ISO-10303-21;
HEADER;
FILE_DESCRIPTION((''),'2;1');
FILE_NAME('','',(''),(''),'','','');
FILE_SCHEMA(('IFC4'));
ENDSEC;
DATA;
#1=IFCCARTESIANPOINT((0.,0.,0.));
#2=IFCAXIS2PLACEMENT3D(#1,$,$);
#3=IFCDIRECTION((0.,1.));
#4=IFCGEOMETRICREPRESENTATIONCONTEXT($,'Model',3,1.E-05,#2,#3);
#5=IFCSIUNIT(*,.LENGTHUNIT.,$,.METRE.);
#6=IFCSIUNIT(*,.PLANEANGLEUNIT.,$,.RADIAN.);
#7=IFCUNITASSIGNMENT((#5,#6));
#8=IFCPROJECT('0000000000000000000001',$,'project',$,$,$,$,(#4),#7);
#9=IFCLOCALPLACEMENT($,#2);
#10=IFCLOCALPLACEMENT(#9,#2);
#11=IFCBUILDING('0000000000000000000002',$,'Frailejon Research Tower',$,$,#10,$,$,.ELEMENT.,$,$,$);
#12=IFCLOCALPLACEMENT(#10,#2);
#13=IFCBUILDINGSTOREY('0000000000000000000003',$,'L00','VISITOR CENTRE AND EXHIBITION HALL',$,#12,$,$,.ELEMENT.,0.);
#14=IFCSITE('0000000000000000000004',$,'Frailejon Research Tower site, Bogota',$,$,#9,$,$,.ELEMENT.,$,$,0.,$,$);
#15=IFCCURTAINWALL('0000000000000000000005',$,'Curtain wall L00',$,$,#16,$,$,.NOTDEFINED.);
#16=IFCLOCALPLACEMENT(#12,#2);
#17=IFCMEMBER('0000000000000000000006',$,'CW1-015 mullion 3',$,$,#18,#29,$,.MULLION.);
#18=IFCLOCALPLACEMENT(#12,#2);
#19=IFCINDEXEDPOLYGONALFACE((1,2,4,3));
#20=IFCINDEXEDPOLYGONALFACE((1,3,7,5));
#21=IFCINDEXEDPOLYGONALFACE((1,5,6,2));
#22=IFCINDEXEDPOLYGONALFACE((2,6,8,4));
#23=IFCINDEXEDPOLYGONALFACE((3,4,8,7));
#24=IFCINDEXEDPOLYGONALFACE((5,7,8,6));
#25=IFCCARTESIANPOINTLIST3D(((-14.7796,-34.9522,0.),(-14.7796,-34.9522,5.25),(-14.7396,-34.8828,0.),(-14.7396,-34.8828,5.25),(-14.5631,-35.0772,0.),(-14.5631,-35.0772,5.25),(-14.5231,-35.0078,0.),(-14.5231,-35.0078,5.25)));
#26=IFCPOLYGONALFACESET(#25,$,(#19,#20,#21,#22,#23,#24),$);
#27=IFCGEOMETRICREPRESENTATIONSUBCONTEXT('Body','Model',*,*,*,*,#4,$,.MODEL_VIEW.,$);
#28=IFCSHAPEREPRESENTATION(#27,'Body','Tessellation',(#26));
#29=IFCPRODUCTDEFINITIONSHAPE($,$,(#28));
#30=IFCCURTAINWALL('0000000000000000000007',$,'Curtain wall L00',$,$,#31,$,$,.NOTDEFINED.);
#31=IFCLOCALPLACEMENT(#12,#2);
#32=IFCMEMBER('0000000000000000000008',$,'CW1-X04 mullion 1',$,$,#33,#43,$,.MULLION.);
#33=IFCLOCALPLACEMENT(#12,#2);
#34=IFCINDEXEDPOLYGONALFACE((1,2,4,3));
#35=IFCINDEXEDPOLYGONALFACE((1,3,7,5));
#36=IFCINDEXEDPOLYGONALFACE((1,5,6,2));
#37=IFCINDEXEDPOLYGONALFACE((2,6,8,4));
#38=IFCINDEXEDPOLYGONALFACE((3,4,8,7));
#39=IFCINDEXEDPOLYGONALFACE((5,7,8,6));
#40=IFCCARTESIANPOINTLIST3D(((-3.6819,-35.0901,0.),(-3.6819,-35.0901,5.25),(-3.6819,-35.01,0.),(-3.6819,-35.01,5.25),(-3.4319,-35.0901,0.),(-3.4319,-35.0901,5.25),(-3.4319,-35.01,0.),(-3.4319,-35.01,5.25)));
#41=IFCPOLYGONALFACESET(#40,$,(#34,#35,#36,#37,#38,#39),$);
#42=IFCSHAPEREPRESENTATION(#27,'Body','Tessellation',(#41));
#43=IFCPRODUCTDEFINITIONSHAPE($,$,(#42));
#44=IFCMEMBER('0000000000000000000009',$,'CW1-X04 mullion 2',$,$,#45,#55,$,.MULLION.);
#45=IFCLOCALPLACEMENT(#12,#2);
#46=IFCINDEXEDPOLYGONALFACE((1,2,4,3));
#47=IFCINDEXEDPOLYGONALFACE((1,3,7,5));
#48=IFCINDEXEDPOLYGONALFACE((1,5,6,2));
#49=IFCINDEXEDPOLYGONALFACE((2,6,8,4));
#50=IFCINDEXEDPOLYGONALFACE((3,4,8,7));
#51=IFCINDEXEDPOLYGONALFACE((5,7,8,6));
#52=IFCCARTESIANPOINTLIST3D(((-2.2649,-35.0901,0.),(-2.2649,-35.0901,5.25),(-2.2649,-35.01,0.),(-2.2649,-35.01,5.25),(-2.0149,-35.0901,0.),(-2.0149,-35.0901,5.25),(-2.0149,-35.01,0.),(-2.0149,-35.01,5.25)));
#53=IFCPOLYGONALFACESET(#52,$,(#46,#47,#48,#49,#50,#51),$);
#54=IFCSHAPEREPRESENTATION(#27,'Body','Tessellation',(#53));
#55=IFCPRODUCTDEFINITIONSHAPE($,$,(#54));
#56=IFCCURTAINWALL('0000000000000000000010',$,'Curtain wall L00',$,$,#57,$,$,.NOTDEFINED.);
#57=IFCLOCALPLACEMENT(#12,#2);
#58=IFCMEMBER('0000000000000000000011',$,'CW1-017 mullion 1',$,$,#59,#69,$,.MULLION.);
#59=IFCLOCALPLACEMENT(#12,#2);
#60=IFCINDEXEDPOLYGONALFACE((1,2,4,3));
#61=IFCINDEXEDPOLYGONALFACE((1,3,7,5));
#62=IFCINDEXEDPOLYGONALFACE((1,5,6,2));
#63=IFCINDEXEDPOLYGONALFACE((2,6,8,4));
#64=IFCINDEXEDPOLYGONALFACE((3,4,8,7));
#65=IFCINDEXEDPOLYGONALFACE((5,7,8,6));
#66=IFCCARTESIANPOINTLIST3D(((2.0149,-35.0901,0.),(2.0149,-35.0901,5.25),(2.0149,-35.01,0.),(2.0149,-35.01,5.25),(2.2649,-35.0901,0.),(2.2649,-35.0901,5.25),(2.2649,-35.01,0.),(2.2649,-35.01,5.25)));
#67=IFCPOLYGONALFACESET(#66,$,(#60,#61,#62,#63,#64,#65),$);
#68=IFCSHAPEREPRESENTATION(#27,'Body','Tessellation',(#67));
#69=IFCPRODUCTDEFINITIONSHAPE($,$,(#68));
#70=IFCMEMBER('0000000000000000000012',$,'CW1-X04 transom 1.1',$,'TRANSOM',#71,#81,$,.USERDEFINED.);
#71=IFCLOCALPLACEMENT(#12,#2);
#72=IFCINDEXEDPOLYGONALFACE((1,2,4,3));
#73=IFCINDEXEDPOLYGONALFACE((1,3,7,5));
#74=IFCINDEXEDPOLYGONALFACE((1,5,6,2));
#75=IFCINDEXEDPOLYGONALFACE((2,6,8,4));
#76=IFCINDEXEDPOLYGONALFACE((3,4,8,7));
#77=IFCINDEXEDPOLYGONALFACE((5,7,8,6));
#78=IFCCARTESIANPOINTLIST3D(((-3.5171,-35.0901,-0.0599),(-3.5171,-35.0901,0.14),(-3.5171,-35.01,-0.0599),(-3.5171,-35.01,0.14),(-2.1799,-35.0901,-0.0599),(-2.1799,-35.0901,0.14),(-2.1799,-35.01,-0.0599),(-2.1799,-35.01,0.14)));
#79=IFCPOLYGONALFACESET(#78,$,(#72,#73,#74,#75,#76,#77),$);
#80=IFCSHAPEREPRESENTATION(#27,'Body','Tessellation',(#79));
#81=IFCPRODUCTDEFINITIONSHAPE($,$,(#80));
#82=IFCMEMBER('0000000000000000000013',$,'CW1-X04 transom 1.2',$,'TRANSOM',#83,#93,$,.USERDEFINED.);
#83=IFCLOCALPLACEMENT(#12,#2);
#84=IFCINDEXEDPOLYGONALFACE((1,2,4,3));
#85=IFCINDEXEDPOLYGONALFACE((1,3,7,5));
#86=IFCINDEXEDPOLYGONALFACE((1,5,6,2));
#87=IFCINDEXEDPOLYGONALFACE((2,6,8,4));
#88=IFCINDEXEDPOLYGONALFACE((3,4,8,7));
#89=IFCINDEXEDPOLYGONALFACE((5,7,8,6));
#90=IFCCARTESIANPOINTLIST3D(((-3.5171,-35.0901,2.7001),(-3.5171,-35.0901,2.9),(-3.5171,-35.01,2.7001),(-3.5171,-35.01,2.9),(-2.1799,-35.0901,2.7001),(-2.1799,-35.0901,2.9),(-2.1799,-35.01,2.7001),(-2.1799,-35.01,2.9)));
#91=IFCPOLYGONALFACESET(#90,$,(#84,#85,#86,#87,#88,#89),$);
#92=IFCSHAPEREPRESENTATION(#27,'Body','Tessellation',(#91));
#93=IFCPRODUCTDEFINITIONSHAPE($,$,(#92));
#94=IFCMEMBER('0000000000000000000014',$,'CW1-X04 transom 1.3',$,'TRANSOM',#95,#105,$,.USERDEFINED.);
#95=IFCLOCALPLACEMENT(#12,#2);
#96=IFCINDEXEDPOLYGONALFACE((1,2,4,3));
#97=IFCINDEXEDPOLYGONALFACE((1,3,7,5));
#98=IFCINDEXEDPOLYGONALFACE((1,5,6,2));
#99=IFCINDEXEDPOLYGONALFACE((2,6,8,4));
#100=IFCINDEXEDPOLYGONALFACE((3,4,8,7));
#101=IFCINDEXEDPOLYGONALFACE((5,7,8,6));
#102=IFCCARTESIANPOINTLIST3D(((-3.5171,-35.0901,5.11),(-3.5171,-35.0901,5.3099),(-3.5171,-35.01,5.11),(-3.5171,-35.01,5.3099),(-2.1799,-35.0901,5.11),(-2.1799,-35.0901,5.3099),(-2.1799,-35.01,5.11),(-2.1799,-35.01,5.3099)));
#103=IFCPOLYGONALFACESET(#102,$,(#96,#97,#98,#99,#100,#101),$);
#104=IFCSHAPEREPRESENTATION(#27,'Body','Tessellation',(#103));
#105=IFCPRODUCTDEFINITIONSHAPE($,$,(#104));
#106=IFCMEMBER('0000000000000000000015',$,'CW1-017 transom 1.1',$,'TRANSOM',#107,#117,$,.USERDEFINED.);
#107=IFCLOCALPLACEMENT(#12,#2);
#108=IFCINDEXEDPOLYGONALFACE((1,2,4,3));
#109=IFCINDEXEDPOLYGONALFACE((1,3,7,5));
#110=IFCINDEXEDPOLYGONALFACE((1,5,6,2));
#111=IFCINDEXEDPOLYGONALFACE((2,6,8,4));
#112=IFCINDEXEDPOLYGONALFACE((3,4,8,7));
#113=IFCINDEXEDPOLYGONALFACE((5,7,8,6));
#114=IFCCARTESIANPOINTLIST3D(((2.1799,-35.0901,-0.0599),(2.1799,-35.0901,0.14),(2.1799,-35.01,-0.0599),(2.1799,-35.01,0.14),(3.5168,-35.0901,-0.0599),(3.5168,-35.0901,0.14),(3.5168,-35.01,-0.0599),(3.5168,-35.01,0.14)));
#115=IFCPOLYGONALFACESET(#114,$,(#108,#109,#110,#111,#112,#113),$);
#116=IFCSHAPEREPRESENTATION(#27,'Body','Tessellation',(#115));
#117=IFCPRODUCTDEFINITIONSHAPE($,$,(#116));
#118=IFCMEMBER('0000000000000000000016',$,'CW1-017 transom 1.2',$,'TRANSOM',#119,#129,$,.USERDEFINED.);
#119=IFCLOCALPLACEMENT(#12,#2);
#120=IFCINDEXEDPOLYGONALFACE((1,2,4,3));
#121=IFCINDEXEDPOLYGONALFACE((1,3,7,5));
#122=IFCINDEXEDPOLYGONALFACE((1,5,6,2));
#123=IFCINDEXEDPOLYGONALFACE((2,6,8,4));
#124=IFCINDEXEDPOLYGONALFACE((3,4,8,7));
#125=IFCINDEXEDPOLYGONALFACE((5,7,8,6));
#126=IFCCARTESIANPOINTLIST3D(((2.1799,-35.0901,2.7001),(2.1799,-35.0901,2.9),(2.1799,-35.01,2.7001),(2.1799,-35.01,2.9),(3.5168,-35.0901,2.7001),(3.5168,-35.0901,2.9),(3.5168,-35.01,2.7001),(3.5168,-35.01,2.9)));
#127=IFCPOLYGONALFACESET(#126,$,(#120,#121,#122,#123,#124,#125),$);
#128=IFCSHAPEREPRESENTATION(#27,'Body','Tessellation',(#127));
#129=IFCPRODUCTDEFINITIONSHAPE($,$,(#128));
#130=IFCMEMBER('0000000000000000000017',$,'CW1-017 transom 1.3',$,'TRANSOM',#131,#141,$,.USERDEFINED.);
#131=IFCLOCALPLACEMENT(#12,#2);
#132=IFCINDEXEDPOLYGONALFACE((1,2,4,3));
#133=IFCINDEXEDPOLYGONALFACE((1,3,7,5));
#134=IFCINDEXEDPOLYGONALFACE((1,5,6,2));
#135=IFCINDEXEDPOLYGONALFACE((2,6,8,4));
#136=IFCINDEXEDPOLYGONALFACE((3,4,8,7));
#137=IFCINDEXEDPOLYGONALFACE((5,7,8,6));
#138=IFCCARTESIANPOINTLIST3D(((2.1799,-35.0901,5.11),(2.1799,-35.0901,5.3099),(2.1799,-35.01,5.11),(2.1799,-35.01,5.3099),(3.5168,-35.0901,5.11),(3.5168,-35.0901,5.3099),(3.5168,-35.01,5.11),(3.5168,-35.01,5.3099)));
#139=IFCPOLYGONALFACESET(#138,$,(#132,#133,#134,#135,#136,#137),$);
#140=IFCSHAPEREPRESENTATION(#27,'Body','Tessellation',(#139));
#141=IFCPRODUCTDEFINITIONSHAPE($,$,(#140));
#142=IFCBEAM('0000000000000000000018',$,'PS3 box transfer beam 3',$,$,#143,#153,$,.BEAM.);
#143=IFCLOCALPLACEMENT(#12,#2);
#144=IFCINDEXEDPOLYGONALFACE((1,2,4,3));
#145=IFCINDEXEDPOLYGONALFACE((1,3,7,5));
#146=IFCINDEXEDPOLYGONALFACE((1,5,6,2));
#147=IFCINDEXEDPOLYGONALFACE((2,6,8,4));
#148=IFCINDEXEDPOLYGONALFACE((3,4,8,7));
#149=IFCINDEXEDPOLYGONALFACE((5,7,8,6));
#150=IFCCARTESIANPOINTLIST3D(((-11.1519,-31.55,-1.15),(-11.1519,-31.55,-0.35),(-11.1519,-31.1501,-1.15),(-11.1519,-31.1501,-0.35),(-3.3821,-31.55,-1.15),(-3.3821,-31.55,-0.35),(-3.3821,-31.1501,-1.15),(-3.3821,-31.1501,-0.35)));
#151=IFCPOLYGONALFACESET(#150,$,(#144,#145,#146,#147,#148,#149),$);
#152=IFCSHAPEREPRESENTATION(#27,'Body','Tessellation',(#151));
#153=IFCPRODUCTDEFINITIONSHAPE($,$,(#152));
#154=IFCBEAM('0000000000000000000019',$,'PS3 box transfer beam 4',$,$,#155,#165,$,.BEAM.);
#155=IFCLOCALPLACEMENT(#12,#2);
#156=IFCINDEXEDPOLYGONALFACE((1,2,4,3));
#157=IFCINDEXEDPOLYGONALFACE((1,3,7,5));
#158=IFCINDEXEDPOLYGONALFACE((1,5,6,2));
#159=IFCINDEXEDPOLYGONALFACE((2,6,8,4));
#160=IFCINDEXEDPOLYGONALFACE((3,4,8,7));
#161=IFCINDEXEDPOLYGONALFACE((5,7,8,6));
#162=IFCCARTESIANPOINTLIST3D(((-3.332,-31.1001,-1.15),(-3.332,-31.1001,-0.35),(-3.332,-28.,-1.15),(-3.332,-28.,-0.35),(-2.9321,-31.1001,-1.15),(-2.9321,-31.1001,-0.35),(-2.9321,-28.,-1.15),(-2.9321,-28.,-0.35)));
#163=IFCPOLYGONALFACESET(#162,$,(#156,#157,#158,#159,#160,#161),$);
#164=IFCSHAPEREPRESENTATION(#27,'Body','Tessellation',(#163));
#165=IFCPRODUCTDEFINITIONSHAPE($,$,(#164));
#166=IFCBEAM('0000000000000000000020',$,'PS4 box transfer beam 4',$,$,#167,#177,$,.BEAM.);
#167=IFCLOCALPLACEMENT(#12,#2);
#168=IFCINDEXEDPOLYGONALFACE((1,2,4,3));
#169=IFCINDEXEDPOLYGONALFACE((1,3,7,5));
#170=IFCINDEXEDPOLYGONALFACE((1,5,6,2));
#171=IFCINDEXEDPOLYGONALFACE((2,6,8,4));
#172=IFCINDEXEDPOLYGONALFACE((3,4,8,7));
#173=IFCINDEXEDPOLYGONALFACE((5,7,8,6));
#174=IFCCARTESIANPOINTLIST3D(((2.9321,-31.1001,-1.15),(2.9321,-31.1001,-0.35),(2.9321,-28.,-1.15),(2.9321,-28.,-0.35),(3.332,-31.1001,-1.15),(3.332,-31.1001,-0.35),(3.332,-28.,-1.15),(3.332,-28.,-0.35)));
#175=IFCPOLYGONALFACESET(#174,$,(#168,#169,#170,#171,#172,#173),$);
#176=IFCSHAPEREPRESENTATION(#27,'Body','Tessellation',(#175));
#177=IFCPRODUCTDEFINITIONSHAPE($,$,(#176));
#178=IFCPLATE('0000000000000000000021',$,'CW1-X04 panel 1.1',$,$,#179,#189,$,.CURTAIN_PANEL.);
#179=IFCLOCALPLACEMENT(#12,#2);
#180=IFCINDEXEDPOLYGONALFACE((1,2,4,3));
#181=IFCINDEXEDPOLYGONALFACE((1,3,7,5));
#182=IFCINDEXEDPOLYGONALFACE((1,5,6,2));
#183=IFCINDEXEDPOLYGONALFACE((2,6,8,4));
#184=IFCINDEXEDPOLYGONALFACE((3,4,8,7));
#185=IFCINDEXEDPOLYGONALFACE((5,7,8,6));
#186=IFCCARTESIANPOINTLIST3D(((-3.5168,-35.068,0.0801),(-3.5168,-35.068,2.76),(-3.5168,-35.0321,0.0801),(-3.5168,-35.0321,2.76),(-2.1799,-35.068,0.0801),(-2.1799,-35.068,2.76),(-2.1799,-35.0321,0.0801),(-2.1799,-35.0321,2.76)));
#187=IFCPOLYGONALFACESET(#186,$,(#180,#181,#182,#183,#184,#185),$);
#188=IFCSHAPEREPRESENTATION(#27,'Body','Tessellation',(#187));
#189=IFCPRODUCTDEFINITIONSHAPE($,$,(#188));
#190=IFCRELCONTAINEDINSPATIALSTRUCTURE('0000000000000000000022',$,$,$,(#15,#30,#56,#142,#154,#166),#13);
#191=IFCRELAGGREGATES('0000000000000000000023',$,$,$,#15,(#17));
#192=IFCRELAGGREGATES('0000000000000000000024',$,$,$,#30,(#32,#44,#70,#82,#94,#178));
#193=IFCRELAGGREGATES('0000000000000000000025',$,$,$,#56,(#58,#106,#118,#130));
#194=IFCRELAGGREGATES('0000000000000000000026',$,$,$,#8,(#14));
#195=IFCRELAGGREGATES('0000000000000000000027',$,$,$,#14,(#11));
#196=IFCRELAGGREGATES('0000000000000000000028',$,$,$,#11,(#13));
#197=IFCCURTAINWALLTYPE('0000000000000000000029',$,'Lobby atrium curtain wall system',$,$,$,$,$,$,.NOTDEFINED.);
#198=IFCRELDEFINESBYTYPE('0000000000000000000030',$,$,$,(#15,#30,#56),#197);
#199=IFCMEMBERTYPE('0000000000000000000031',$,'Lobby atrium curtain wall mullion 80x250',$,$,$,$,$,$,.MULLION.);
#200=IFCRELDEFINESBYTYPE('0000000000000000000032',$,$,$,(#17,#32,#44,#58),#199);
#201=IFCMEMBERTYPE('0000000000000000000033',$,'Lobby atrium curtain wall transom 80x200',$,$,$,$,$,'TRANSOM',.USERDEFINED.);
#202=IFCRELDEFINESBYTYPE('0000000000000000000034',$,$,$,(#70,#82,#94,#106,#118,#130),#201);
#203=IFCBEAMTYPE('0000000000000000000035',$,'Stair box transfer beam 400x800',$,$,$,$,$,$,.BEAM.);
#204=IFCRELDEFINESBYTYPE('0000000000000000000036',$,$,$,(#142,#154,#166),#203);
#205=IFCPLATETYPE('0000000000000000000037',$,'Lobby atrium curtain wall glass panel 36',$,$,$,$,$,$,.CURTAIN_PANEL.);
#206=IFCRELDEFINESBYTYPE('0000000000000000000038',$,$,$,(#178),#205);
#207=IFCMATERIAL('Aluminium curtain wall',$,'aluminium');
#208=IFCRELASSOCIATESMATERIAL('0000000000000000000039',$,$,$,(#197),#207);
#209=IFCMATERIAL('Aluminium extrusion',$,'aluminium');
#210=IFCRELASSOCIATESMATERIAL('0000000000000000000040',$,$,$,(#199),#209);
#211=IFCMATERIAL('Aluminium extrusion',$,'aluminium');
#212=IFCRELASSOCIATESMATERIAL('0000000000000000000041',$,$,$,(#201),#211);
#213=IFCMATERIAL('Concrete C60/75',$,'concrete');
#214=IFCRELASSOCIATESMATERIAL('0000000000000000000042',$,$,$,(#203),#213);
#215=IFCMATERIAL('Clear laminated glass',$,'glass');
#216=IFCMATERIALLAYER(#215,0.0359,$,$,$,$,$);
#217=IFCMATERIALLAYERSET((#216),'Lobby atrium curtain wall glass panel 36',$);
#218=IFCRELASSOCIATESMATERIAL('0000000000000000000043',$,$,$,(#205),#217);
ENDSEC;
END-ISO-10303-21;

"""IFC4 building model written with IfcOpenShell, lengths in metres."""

from ifc_helpers import new_model, si_unit, direction, frame, origin, origin_2d, place, context, subcontext, project, spatial, rectangle, extrude, material, layer, layer_set, material_profile, profile_set, type_object, element, aggregate, save


model = new_model("IFC4")

# Units and contexts
model_context = context("Model", 3, precision=1e-05, world=origin(), true_north=direction((0.0, 1.0)))
body_context = subcontext(model_context, "Body", "Model", "MODEL_VIEW")
ifc_project = project(units=[si_unit("LENGTHUNIT", "METRE"), si_unit("PLANEANGLEUNIT", "RADIAN")], contexts=[model_context])

# Site, building, storey
site_placement = place(None, origin())
site = spatial("IfcSite", under=ifc_project, at=site_placement, Name="Frailejon Research Tower site, Bogota", CompositionType="ELEMENT", RefElevation=0.0)
building_placement = place(site_placement, origin())
building = spatial("IfcBuilding", under=site, at=building_placement, Name="Frailejon Research Tower", CompositionType="ELEMENT")
storey_placement = place(building_placement, origin())
storey = spatial("IfcBuildingStorey", under=building, at=storey_placement, Name="L00", Description="VISITOR CENTRE AND EXHIBITION HALL", CompositionType="ELEMENT", Elevation=0.0)

# Curtain wall, member
ifc_material_1 = material(Name="Aluminium curtain wall", Category="aluminium")
curtain_wall_type = type_object("IfcCurtainWallType", Name="Lobby atrium curtain wall system", PredefinedType="NOTDEFINED", material=ifc_material_1)
curtain_wall_1_placement = place(storey_placement, origin())
curtain_wall_1 = element("IfcCurtainWall", 1, at=curtain_wall_1_placement, inside=storey, type_object=curtain_wall_type, Name="Curtain wall L00", PredefinedType="NOTDEFINED")
ifc_material_2 = material(Name="Aluminium extrusion", Category="aluminium")
ifc_material_profile_1 = material_profile(ifc_material_2, rectangle(XDim=0.0801, YDim=0.25, at=origin_2d()), Name="Lobby atrium curtain wall mullion 80x250")
ifc_profile_set_1 = profile_set([ifc_material_profile_1], Name="Aluminium extrusion")
member_type_1 = type_object("IfcMemberType", Name="Lobby atrium curtain wall mullion 80x250", PredefinedType="MULLION", material=ifc_profile_set_1)
member_1_placement = place(storey_placement, frame((-14.6514, -34.98, 0.0), z_axis=(0.0, 0.0, 1.0), x_axis=(0.5, 0.866025, 0.0)))
member_1 = element("IfcMember", 2, at=member_1_placement, type_object=member_type_1, Name="CW1-015 mullion 3", PredefinedType="MULLION", context=body_context, shape_type="SweptSolid", body=[
    extrude(rectangle(XDim=0.0801, YDim=0.25, at=origin_2d()), origin(), (0.0, 0.0, 1.0), 5.25),
])
aggregate(curtain_wall_1, [member_1])

# Curtain wall, members
curtain_wall_2_placement = place(storey_placement, origin())
curtain_wall_2 = element("IfcCurtainWall", 3, at=curtain_wall_2_placement, inside=storey, type_object=curtain_wall_type, Name="Curtain wall L00", PredefinedType="NOTDEFINED")
member_2_placement = place(storey_placement, frame((-3.5569, -35.05, 0.0), z_axis=(0.0, 0.0, 1.0), x_axis=(0.0, 1.0, 0.0)))
member_2 = element("IfcMember", 4, at=member_2_placement, type_object=member_type_1, Name="CW1-X04 mullion 1", PredefinedType="MULLION", context=body_context, shape_type="SweptSolid", body=[
    extrude(rectangle(XDim=0.0801, YDim=0.25, at=origin_2d()), origin(), (0.0, 0.0, 1.0), 5.25),
])
member_3_placement = place(storey_placement, frame((-2.1399, -35.05, 0.0), z_axis=(0.0, 0.0, 1.0), x_axis=(0.0, 1.0, 0.0)))
member_3 = element("IfcMember", 5, at=member_3_placement, type_object=member_type_1, Name="CW1-X04 mullion 2", PredefinedType="MULLION", context=body_context, shape_type="SweptSolid", body=[
    extrude(rectangle(XDim=0.0801, YDim=0.25, at=origin_2d()), origin(), (0.0, 0.0, 1.0), 5.25),
])

# Curtain wall, member
curtain_wall_3_placement = place(storey_placement, origin())
curtain_wall_3 = element("IfcCurtainWall", 6, at=curtain_wall_3_placement, inside=storey, type_object=curtain_wall_type, Name="Curtain wall L00", PredefinedType="NOTDEFINED")
member_4_placement = place(storey_placement, frame((2.1399, -35.05, 0.0), z_axis=(0.0, 0.0, 1.0), x_axis=(0.0, 1.0, 0.0)))
member_4 = element("IfcMember", 7, at=member_4_placement, type_object=member_type_1, Name="CW1-017 mullion 1", PredefinedType="MULLION", context=body_context, shape_type="SweptSolid", body=[
    extrude(rectangle(XDim=0.0801, YDim=0.25, at=origin_2d()), origin(), (0.0, 0.0, 1.0), 5.25),
])

# Members
ifc_material_3 = material(Name="Aluminium extrusion", Category="aluminium")
ifc_material_profile_2 = material_profile(ifc_material_3, rectangle(XDim=0.0801, YDim=0.2, at=origin_2d()), Name="Lobby atrium curtain wall transom 80x200")
ifc_profile_set_2 = profile_set([ifc_material_profile_2], Name="Aluminium extrusion")
member_type_2 = type_object("IfcMemberType", Name="Lobby atrium curtain wall transom 80x200", ElementType="TRANSOM", PredefinedType="USERDEFINED", material=ifc_profile_set_2)
member_5_placement = place(storey_placement, frame((-3.5171, -35.05, 0.04), z_axis=(1.0, 0.0, 0.0), x_axis=(0.0, 1.0, 0.0)))
member_5 = element("IfcMember", 8, at=member_5_placement, type_object=member_type_2, Name="CW1-X04 transom 1.1", ObjectType="TRANSOM", PredefinedType="USERDEFINED", context=body_context, shape_type="SweptSolid", body=[
    extrude(rectangle(XDim=0.0801, YDim=0.2, at=origin_2d()), origin(), (0.0, 0.0, 1.0), 1.3372),
])
member_6_placement = place(storey_placement, frame((-3.5171, -35.05, 2.8), z_axis=(1.0, 0.0, 0.0), x_axis=(0.0, 1.0, 0.0)))
member_6 = element("IfcMember", 9, at=member_6_placement, type_object=member_type_2, Name="CW1-X04 transom 1.2", ObjectType="TRANSOM", PredefinedType="USERDEFINED", context=body_context, shape_type="SweptSolid", body=[
    extrude(rectangle(XDim=0.0801, YDim=0.2, at=origin_2d()), origin(), (0.0, 0.0, 1.0), 1.3372),
])
member_7_placement = place(storey_placement, frame((-3.5171, -35.05, 5.21), z_axis=(1.0, 0.0, 0.0), x_axis=(0.0, 1.0, 0.0)))
member_7 = element("IfcMember", 10, at=member_7_placement, type_object=member_type_2, Name="CW1-X04 transom 1.3", ObjectType="TRANSOM", PredefinedType="USERDEFINED", context=body_context, shape_type="SweptSolid", body=[
    extrude(rectangle(XDim=0.0801, YDim=0.2, at=origin_2d()), origin(), (0.0, 0.0, 1.0), 1.3372),
])
member_8_placement = place(storey_placement, frame((2.1799, -35.05, 0.04), z_axis=(1.0, 0.0, 0.0), x_axis=(0.0, 1.0, 0.0)))
member_8 = element("IfcMember", 11, at=member_8_placement, type_object=member_type_2, Name="CW1-017 transom 1.1", ObjectType="TRANSOM", PredefinedType="USERDEFINED", context=body_context, shape_type="SweptSolid", body=[
    extrude(rectangle(XDim=0.0801, YDim=0.2, at=origin_2d()), origin(), (0.0, 0.0, 1.0), 1.3369),
])
member_9_placement = place(storey_placement, frame((2.1799, -35.05, 2.8), z_axis=(1.0, 0.0, 0.0), x_axis=(0.0, 1.0, 0.0)))
member_9 = element("IfcMember", 12, at=member_9_placement, type_object=member_type_2, Name="CW1-017 transom 1.2", ObjectType="TRANSOM", PredefinedType="USERDEFINED", context=body_context, shape_type="SweptSolid", body=[
    extrude(rectangle(XDim=0.0801, YDim=0.2, at=origin_2d()), origin(), (0.0, 0.0, 1.0), 1.3369),
])
member_10_placement = place(storey_placement, frame((2.1799, -35.05, 5.21), z_axis=(1.0, 0.0, 0.0), x_axis=(0.0, 1.0, 0.0)))
member_10 = element("IfcMember", 13, at=member_10_placement, type_object=member_type_2, Name="CW1-017 transom 1.3", ObjectType="TRANSOM", PredefinedType="USERDEFINED", context=body_context, shape_type="SweptSolid", body=[
    extrude(rectangle(XDim=0.0801, YDim=0.2, at=origin_2d()), origin(), (0.0, 0.0, 1.0), 1.3369),
])

# Beams
ifc_material_4 = material(Name="Concrete C60/75", Category="concrete")
ifc_material_profile_3 = material_profile(ifc_material_4, rectangle(XDim=0.3999, YDim=0.8, at=origin_2d()), Name="Stair box transfer beam 400x800")
ifc_profile_set_3 = profile_set([ifc_material_profile_3], Name="Concrete C60/75")
beam_type = type_object("IfcBeamType", Name="Stair box transfer beam 400x800", PredefinedType="BEAM", material=ifc_profile_set_3)
beam_placement = place(storey_placement, frame((-11.1519, -31.3501, -0.75), z_axis=(1.0, 0.0, 0.0), x_axis=(0.0, 1.0, 0.0)))
element("IfcBeam", 14, at=beam_placement, inside=storey, type_object=beam_type, Name="PS3 box transfer beam 3", PredefinedType="BEAM", context=body_context, shape_type="SweptSolid", body=[
    extrude(rectangle(XDim=0.3999, YDim=0.8, at=origin_2d()), origin(), (0.0, 0.0, 1.0), 7.7698),
])
for number, where, z_axis, x_axis, name in (
    (15, (-3.1321, -31.1001, -0.75), (0.0, 1.0, 0.0), (-1.0, 0.0, 0.0), "PS3 box transfer beam 4"),
    (16, (3.1321, -31.1001, -0.75), (0.0, 1.0, 0.0), (-1.0, 0.0, 0.0), "PS4 box transfer beam 4"),
):
    element("IfcBeam", number, at=place(storey_placement, frame(where, z_axis=z_axis, x_axis=x_axis)), inside=storey, type_object=beam_type, Name=name, PredefinedType="BEAM", context=body_context, shape_type="SweptSolid", body=[
        extrude(rectangle(XDim=0.3999, YDim=0.8, at=origin_2d()), origin(), (0.0, 0.0, 1.0), 3.1001),
    ])

# Plate
ifc_material_5 = material(Name="Clear laminated glass", Category="glass")
ifc_layer_1 = layer(ifc_material_5, 0.0359)
ifc_layer_set_1 = layer_set([ifc_layer_1], Name="Lobby atrium curtain wall glass panel 36")
plate_type = type_object("IfcPlateType", Name="Lobby atrium curtain wall glass panel 36", PredefinedType="CURTAIN_PANEL", material=ifc_layer_set_1)
plate_1_placement = place(storey_placement, frame((-2.8484, -35.05, 0.0801), z_axis=(0.0, 0.0, 1.0), x_axis=(1.0, 0.0, 0.0)))
plate_1 = element("IfcPlate", 17, at=plate_1_placement, type_object=plate_type, Name="CW1-X04 panel 1.1", PredefinedType="CURTAIN_PANEL", context=body_context, shape_type="SweptSolid", body=[
    extrude(rectangle(XDim=1.3369, YDim=0.0359, at=origin_2d()), origin(), (0.0, 0.0, 1.0), 2.6799),
])
aggregate(curtain_wall_2, [member_2, member_3, member_5, member_6, member_7, plate_1])
aggregate(curtain_wall_3, [member_4, member_8, member_9, member_10])

save(model, "model.ifc")
